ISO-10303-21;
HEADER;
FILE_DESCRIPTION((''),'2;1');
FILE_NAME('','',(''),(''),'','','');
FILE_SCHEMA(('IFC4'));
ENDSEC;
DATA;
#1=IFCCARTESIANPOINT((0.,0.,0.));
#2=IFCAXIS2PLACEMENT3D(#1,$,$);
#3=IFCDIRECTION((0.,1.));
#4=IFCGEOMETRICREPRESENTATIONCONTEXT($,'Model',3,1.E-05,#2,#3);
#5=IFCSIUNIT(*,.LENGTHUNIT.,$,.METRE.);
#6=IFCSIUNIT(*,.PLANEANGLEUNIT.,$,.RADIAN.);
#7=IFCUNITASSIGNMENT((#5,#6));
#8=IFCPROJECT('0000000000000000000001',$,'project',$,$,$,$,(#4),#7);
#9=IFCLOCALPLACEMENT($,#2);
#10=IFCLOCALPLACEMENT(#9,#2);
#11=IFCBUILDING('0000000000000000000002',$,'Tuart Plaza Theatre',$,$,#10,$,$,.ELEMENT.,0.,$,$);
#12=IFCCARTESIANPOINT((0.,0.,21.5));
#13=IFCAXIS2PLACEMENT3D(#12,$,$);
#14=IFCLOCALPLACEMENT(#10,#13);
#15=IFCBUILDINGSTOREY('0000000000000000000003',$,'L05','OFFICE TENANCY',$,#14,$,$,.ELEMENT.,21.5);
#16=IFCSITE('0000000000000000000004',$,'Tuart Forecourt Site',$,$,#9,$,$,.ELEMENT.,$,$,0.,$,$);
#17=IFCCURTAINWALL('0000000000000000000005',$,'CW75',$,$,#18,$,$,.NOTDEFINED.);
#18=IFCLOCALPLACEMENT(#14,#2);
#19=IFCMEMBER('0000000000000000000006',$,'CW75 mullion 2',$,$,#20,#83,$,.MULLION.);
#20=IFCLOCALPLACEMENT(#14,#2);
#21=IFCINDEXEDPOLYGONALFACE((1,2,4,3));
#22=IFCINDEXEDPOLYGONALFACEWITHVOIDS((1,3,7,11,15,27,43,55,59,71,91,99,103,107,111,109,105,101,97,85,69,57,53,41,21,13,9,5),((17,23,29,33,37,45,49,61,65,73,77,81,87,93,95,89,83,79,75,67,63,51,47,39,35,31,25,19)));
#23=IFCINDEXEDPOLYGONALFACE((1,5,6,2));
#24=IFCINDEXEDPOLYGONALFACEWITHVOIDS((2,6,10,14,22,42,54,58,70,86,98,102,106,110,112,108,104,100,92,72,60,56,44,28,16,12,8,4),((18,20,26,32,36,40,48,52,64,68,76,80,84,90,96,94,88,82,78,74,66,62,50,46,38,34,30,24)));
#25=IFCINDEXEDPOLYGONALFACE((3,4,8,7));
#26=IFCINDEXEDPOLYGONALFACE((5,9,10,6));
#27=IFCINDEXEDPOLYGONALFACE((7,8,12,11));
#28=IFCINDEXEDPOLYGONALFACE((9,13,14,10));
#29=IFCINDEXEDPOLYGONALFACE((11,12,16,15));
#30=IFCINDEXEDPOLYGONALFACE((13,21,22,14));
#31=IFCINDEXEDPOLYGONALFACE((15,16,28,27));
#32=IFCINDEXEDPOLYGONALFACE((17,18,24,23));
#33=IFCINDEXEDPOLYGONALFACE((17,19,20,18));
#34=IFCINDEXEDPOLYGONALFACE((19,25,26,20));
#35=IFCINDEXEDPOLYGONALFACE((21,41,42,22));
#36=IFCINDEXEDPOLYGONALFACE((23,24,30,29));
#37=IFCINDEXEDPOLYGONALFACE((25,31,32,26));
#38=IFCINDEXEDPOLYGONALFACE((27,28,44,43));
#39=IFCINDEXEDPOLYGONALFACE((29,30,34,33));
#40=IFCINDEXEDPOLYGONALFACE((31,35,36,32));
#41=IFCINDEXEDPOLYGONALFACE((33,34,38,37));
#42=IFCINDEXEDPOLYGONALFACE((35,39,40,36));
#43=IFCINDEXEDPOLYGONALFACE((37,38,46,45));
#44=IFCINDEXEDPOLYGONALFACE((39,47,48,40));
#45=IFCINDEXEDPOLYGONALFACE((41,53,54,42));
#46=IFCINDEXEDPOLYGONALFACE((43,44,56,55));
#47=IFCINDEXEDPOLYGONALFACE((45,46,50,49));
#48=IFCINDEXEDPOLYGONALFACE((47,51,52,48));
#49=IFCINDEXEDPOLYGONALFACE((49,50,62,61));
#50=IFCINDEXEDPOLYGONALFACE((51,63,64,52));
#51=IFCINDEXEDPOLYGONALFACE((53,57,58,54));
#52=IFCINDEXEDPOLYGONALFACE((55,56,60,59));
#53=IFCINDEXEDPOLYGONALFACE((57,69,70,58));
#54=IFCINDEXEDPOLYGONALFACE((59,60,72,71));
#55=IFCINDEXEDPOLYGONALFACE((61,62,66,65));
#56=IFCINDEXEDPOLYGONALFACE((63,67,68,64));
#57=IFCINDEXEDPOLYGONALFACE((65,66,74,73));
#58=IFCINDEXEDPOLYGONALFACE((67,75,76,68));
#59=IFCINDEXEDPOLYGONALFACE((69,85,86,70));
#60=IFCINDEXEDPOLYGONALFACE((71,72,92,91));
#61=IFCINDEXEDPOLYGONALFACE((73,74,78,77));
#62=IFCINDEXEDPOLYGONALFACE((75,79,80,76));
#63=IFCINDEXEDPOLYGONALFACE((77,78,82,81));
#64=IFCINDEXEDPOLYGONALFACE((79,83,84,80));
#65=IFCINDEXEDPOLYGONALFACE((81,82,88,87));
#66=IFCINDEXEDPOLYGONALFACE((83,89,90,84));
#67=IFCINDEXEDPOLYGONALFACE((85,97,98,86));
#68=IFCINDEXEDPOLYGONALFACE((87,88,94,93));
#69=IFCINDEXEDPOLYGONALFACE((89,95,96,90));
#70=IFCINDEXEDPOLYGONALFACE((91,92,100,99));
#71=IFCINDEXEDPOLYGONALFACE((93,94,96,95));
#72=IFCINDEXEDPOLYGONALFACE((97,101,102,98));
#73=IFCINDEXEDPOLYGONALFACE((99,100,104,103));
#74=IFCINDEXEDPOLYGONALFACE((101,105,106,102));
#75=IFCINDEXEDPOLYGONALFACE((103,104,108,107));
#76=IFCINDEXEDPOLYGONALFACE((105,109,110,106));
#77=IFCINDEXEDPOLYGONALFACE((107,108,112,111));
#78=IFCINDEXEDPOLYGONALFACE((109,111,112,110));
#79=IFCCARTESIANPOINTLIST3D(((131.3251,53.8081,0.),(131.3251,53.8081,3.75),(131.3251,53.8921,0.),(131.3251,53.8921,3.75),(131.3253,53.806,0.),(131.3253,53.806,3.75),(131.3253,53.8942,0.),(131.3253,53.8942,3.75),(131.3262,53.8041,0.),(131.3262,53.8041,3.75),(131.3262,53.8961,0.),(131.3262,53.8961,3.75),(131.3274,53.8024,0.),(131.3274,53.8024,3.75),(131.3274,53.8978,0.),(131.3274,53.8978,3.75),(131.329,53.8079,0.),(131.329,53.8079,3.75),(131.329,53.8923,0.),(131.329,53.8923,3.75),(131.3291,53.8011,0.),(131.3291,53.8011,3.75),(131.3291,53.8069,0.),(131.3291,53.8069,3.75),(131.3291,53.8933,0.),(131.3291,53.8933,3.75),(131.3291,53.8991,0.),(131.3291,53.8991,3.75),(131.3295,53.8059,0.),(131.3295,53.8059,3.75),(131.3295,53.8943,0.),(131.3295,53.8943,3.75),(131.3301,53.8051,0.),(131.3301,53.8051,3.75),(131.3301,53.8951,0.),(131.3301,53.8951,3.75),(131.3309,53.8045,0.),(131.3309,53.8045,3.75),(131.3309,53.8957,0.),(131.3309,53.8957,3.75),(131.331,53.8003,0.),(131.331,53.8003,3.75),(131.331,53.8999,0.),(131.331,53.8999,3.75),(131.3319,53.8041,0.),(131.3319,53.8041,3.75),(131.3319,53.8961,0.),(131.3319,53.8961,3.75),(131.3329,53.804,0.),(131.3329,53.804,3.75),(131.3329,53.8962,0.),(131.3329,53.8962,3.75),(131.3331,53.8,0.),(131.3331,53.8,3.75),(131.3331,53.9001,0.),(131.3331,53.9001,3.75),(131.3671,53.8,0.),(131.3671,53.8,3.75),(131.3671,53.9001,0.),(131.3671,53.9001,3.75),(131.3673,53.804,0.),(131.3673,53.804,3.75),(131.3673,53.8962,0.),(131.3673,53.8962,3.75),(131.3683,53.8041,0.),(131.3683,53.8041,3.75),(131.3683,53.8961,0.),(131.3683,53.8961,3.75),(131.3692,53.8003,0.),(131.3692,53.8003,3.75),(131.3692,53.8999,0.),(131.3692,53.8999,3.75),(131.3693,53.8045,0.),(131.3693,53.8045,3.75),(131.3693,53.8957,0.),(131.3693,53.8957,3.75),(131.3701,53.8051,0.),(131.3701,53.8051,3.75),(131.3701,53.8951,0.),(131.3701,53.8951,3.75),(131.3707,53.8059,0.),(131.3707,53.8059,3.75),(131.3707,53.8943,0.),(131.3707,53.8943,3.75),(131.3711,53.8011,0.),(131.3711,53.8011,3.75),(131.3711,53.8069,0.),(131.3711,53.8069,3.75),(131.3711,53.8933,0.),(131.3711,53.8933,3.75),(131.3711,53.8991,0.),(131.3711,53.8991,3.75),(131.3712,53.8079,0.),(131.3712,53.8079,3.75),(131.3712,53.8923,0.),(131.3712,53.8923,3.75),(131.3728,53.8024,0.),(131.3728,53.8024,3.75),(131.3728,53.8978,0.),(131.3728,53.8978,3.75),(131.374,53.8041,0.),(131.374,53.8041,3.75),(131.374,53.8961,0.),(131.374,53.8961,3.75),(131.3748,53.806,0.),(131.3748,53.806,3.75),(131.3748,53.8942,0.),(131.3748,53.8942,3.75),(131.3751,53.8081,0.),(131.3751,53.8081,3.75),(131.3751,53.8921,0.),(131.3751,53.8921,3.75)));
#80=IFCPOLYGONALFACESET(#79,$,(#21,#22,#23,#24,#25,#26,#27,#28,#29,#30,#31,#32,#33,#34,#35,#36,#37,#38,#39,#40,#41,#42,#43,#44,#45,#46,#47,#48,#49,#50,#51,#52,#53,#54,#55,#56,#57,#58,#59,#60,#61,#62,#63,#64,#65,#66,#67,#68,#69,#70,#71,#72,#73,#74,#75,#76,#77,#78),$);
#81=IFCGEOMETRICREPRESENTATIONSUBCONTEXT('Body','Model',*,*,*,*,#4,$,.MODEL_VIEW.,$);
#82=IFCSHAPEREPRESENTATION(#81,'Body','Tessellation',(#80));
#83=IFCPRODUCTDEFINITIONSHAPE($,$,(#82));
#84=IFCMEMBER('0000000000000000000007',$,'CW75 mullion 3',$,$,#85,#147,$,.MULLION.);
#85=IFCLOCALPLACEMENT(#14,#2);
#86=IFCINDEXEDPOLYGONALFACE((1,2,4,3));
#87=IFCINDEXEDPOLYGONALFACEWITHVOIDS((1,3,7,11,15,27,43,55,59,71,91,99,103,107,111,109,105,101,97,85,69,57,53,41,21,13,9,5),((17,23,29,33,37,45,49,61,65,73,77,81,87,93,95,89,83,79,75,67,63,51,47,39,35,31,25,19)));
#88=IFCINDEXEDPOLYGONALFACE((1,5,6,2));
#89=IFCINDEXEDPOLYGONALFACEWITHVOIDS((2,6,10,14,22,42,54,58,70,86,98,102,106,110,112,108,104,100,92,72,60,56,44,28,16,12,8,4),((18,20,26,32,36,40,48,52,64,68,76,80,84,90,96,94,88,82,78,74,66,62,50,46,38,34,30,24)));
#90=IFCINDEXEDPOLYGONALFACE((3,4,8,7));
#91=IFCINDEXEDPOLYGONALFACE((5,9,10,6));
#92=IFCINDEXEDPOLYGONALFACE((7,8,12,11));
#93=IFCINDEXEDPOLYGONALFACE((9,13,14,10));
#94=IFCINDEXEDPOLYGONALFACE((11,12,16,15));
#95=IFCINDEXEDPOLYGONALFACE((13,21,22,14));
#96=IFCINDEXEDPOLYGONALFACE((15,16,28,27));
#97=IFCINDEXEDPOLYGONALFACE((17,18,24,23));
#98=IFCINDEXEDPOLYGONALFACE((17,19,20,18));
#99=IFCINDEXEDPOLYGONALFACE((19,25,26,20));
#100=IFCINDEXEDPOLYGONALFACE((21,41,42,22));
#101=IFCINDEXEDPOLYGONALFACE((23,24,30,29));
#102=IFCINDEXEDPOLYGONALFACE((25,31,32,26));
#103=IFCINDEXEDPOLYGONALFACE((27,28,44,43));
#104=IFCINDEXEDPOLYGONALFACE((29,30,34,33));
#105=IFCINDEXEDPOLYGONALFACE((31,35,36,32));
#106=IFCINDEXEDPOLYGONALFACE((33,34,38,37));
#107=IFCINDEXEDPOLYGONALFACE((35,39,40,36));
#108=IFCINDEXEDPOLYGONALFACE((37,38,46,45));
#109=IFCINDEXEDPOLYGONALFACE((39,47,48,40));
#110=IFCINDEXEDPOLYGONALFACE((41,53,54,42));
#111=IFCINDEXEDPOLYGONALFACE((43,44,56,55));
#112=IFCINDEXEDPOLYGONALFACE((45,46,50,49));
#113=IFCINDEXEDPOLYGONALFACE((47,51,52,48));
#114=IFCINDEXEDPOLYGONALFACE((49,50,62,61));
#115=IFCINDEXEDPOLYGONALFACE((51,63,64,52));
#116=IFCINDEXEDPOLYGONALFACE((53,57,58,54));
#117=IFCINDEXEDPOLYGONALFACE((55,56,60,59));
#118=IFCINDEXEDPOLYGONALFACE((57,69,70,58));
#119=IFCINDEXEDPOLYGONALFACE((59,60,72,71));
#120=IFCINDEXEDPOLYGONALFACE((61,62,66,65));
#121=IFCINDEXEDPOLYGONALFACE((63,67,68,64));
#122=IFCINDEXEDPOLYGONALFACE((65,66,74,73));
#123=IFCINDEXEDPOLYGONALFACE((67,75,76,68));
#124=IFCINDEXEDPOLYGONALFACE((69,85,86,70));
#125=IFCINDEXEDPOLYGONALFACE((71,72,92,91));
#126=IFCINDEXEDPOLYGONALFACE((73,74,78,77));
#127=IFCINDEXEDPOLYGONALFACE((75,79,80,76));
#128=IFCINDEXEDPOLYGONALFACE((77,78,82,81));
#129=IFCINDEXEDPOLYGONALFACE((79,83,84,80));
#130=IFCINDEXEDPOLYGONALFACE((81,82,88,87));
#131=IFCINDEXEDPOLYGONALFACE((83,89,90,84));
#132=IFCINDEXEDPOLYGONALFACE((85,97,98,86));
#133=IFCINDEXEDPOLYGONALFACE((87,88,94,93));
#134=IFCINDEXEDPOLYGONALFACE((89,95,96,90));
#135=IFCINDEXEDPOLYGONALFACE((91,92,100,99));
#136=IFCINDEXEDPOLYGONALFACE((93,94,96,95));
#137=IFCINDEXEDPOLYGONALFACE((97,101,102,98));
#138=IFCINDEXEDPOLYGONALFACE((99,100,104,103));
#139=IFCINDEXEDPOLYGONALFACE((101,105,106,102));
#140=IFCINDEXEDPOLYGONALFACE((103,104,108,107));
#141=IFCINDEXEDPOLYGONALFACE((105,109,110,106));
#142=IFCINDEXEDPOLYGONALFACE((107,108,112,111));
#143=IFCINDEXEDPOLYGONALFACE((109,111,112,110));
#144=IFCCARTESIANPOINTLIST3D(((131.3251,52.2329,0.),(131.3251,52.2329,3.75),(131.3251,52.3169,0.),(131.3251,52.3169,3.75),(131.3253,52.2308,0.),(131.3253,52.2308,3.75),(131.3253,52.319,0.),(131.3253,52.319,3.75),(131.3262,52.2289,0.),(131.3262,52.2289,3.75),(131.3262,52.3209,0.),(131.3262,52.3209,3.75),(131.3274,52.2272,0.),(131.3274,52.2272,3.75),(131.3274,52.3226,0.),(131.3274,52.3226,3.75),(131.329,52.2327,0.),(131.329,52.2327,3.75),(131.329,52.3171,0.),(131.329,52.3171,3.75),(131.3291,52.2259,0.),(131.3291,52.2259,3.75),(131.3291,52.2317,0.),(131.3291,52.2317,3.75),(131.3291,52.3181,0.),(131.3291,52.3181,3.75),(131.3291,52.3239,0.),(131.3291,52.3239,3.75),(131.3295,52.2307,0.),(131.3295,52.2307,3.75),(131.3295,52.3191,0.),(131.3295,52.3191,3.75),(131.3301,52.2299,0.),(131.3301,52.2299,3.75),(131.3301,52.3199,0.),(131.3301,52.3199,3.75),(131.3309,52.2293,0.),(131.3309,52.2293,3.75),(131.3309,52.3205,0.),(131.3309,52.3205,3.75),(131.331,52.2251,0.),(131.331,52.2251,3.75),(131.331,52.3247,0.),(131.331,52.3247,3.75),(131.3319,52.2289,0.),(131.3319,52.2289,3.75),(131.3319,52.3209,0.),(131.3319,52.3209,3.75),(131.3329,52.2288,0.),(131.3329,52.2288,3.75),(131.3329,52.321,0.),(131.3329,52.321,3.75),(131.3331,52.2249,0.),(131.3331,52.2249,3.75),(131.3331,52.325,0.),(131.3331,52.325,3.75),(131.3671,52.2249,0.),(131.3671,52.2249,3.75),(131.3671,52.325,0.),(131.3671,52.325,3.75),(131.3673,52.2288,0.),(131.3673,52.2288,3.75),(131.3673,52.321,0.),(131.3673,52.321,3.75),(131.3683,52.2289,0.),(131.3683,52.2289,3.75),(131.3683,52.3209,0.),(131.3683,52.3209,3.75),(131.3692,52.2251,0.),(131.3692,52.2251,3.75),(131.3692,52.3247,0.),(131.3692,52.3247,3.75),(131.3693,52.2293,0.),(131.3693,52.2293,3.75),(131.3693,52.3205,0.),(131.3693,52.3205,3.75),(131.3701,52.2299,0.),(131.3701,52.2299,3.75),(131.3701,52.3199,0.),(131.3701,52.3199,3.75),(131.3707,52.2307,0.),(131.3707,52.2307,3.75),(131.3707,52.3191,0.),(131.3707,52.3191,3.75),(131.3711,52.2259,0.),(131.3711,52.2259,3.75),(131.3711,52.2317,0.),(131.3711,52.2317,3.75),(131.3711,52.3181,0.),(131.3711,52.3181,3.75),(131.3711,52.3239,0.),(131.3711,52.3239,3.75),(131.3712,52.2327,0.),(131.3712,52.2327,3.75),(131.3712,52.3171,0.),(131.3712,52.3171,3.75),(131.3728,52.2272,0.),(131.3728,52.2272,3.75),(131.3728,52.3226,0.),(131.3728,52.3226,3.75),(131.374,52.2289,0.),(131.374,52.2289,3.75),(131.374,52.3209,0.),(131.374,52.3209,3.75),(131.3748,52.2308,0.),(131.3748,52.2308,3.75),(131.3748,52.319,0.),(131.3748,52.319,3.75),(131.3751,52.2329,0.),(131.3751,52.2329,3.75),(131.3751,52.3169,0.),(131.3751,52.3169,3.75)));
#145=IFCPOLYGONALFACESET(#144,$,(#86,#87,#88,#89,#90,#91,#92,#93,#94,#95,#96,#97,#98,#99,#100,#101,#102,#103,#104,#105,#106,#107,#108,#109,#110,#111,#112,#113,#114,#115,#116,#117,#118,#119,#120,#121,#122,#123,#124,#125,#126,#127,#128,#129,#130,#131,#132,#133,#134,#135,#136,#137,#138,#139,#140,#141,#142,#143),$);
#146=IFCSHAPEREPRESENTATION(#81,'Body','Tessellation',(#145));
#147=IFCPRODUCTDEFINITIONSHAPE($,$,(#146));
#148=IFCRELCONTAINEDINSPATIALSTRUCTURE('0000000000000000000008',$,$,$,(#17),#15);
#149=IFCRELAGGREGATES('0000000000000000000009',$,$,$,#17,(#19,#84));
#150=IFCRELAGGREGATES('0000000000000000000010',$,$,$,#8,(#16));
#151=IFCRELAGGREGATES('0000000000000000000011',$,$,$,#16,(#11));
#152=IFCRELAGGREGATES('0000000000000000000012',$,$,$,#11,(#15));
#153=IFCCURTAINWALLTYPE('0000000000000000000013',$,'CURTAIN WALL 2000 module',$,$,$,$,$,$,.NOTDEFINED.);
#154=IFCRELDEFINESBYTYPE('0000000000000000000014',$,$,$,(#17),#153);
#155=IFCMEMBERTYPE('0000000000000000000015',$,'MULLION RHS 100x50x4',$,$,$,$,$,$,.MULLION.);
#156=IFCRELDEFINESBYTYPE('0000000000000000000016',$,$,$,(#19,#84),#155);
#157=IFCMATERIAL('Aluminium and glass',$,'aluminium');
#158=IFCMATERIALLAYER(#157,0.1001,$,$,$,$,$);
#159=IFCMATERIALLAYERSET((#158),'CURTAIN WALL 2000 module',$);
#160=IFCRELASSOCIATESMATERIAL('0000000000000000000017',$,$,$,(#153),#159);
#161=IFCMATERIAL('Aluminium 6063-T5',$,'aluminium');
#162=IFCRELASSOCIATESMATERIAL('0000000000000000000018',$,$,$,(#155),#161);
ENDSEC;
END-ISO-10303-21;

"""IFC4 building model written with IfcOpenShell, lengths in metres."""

from ifc_helpers import new_model, si_unit, direction, frame, origin, origin_2d, place, context, subcontext, project, spatial, hollow_rectangle, extrude, material, layer, layer_set, material_profile, profile_set, type_object, element, aggregate, save


model = new_model("IFC4")

# Units and contexts
model_context = context("Model", 3, precision=1e-05, world=origin(), true_north=direction((0.0, 1.0)))
body_context = subcontext(model_context, "Body", "Model", "MODEL_VIEW")
ifc_project = project(units=[si_unit("LENGTHUNIT", "METRE"), si_unit("PLANEANGLEUNIT", "RADIAN")], contexts=[model_context])

# Site, building, storey
site_placement = place(None, origin())
site = spatial("IfcSite", under=ifc_project, at=site_placement, Name="Tuart Forecourt Site", CompositionType="ELEMENT", RefElevation=0.0)
building_placement = place(site_placement, origin())
building = spatial("IfcBuilding", under=site, at=building_placement, Name="Tuart Plaza Theatre", CompositionType="ELEMENT", ElevationOfRefHeight=0.0)
storey_placement = place(building_placement, frame((0.0, 0.0, 21.5)))
storey = spatial("IfcBuildingStorey", under=building, at=storey_placement, Name="L05", Description="OFFICE TENANCY", CompositionType="ELEMENT", Elevation=21.5)

# Curtain wall, members
ifc_material_1 = material(Name="Aluminium and glass", Category="aluminium")
ifc_layer_1 = layer(ifc_material_1, 0.1001)
ifc_layer_set_1 = layer_set([ifc_layer_1], Name="CURTAIN WALL 2000 module")
curtain_wall_type = type_object("IfcCurtainWallType", Name="CURTAIN WALL 2000 module", PredefinedType="NOTDEFINED", material=ifc_layer_set_1)
curtain_wall_1_placement = place(storey_placement, origin())
curtain_wall_1 = element("IfcCurtainWall", 1, at=curtain_wall_1_placement, inside=storey, type_object=curtain_wall_type, Name="CW75", PredefinedType="NOTDEFINED")
ifc_material_2 = material(Name="Aluminium 6063-T5", Category="aluminium")
ifc_material_profile_1 = material_profile(ifc_material_2, hollow_rectangle(XDim=0.05, YDim=0.1001, WallThickness=0.0039, InnerFilletRadius=0.0039, OuterFilletRadius=0.0081, at=origin_2d()), Name="RHS 100x50x4")
ifc_profile_set_1 = profile_set([ifc_material_profile_1], Name="Aluminium 6063-T5")
member_type_1 = type_object("IfcMemberType", Name="MULLION RHS 100x50x4", PredefinedType="MULLION", material=ifc_profile_set_1)
member_1_placement = place(storey_placement, frame((131.3501, 53.8501, 0.0), z_axis=(0.0, 0.0, 1.0), x_axis=(1.0, 0.0, 0.0)))
member_1 = element("IfcMember", 2, at=member_1_placement, type_object=member_type_1, Name="CW75 mullion 2", PredefinedType="MULLION", context=body_context, shape_type="SweptSolid", body=[
    extrude(hollow_rectangle(XDim=0.05, YDim=0.1001, WallThickness=0.0039, InnerFilletRadius=0.0039, OuterFilletRadius=0.0081, at=origin_2d()), origin(), (0.0, 0.0, 1.0), 3.75),
])
member_2_placement = place(storey_placement, frame((131.3501, 52.2749, 0.0), z_axis=(0.0, 0.0, 1.0), x_axis=(1.0, 0.0, 0.0)))
member_2 = element("IfcMember", 3, at=member_2_placement, type_object=member_type_1, Name="CW75 mullion 3", PredefinedType="MULLION", context=body_context, shape_type="SweptSolid", body=[
    extrude(hollow_rectangle(XDim=0.05, YDim=0.1001, WallThickness=0.0039, InnerFilletRadius=0.0039, OuterFilletRadius=0.0081, at=origin_2d()), origin(), (0.0, 0.0, 1.0), 3.75),
])

aggregate(curtain_wall_1, [member_1, member_2])

save(model, "model.ifc")
